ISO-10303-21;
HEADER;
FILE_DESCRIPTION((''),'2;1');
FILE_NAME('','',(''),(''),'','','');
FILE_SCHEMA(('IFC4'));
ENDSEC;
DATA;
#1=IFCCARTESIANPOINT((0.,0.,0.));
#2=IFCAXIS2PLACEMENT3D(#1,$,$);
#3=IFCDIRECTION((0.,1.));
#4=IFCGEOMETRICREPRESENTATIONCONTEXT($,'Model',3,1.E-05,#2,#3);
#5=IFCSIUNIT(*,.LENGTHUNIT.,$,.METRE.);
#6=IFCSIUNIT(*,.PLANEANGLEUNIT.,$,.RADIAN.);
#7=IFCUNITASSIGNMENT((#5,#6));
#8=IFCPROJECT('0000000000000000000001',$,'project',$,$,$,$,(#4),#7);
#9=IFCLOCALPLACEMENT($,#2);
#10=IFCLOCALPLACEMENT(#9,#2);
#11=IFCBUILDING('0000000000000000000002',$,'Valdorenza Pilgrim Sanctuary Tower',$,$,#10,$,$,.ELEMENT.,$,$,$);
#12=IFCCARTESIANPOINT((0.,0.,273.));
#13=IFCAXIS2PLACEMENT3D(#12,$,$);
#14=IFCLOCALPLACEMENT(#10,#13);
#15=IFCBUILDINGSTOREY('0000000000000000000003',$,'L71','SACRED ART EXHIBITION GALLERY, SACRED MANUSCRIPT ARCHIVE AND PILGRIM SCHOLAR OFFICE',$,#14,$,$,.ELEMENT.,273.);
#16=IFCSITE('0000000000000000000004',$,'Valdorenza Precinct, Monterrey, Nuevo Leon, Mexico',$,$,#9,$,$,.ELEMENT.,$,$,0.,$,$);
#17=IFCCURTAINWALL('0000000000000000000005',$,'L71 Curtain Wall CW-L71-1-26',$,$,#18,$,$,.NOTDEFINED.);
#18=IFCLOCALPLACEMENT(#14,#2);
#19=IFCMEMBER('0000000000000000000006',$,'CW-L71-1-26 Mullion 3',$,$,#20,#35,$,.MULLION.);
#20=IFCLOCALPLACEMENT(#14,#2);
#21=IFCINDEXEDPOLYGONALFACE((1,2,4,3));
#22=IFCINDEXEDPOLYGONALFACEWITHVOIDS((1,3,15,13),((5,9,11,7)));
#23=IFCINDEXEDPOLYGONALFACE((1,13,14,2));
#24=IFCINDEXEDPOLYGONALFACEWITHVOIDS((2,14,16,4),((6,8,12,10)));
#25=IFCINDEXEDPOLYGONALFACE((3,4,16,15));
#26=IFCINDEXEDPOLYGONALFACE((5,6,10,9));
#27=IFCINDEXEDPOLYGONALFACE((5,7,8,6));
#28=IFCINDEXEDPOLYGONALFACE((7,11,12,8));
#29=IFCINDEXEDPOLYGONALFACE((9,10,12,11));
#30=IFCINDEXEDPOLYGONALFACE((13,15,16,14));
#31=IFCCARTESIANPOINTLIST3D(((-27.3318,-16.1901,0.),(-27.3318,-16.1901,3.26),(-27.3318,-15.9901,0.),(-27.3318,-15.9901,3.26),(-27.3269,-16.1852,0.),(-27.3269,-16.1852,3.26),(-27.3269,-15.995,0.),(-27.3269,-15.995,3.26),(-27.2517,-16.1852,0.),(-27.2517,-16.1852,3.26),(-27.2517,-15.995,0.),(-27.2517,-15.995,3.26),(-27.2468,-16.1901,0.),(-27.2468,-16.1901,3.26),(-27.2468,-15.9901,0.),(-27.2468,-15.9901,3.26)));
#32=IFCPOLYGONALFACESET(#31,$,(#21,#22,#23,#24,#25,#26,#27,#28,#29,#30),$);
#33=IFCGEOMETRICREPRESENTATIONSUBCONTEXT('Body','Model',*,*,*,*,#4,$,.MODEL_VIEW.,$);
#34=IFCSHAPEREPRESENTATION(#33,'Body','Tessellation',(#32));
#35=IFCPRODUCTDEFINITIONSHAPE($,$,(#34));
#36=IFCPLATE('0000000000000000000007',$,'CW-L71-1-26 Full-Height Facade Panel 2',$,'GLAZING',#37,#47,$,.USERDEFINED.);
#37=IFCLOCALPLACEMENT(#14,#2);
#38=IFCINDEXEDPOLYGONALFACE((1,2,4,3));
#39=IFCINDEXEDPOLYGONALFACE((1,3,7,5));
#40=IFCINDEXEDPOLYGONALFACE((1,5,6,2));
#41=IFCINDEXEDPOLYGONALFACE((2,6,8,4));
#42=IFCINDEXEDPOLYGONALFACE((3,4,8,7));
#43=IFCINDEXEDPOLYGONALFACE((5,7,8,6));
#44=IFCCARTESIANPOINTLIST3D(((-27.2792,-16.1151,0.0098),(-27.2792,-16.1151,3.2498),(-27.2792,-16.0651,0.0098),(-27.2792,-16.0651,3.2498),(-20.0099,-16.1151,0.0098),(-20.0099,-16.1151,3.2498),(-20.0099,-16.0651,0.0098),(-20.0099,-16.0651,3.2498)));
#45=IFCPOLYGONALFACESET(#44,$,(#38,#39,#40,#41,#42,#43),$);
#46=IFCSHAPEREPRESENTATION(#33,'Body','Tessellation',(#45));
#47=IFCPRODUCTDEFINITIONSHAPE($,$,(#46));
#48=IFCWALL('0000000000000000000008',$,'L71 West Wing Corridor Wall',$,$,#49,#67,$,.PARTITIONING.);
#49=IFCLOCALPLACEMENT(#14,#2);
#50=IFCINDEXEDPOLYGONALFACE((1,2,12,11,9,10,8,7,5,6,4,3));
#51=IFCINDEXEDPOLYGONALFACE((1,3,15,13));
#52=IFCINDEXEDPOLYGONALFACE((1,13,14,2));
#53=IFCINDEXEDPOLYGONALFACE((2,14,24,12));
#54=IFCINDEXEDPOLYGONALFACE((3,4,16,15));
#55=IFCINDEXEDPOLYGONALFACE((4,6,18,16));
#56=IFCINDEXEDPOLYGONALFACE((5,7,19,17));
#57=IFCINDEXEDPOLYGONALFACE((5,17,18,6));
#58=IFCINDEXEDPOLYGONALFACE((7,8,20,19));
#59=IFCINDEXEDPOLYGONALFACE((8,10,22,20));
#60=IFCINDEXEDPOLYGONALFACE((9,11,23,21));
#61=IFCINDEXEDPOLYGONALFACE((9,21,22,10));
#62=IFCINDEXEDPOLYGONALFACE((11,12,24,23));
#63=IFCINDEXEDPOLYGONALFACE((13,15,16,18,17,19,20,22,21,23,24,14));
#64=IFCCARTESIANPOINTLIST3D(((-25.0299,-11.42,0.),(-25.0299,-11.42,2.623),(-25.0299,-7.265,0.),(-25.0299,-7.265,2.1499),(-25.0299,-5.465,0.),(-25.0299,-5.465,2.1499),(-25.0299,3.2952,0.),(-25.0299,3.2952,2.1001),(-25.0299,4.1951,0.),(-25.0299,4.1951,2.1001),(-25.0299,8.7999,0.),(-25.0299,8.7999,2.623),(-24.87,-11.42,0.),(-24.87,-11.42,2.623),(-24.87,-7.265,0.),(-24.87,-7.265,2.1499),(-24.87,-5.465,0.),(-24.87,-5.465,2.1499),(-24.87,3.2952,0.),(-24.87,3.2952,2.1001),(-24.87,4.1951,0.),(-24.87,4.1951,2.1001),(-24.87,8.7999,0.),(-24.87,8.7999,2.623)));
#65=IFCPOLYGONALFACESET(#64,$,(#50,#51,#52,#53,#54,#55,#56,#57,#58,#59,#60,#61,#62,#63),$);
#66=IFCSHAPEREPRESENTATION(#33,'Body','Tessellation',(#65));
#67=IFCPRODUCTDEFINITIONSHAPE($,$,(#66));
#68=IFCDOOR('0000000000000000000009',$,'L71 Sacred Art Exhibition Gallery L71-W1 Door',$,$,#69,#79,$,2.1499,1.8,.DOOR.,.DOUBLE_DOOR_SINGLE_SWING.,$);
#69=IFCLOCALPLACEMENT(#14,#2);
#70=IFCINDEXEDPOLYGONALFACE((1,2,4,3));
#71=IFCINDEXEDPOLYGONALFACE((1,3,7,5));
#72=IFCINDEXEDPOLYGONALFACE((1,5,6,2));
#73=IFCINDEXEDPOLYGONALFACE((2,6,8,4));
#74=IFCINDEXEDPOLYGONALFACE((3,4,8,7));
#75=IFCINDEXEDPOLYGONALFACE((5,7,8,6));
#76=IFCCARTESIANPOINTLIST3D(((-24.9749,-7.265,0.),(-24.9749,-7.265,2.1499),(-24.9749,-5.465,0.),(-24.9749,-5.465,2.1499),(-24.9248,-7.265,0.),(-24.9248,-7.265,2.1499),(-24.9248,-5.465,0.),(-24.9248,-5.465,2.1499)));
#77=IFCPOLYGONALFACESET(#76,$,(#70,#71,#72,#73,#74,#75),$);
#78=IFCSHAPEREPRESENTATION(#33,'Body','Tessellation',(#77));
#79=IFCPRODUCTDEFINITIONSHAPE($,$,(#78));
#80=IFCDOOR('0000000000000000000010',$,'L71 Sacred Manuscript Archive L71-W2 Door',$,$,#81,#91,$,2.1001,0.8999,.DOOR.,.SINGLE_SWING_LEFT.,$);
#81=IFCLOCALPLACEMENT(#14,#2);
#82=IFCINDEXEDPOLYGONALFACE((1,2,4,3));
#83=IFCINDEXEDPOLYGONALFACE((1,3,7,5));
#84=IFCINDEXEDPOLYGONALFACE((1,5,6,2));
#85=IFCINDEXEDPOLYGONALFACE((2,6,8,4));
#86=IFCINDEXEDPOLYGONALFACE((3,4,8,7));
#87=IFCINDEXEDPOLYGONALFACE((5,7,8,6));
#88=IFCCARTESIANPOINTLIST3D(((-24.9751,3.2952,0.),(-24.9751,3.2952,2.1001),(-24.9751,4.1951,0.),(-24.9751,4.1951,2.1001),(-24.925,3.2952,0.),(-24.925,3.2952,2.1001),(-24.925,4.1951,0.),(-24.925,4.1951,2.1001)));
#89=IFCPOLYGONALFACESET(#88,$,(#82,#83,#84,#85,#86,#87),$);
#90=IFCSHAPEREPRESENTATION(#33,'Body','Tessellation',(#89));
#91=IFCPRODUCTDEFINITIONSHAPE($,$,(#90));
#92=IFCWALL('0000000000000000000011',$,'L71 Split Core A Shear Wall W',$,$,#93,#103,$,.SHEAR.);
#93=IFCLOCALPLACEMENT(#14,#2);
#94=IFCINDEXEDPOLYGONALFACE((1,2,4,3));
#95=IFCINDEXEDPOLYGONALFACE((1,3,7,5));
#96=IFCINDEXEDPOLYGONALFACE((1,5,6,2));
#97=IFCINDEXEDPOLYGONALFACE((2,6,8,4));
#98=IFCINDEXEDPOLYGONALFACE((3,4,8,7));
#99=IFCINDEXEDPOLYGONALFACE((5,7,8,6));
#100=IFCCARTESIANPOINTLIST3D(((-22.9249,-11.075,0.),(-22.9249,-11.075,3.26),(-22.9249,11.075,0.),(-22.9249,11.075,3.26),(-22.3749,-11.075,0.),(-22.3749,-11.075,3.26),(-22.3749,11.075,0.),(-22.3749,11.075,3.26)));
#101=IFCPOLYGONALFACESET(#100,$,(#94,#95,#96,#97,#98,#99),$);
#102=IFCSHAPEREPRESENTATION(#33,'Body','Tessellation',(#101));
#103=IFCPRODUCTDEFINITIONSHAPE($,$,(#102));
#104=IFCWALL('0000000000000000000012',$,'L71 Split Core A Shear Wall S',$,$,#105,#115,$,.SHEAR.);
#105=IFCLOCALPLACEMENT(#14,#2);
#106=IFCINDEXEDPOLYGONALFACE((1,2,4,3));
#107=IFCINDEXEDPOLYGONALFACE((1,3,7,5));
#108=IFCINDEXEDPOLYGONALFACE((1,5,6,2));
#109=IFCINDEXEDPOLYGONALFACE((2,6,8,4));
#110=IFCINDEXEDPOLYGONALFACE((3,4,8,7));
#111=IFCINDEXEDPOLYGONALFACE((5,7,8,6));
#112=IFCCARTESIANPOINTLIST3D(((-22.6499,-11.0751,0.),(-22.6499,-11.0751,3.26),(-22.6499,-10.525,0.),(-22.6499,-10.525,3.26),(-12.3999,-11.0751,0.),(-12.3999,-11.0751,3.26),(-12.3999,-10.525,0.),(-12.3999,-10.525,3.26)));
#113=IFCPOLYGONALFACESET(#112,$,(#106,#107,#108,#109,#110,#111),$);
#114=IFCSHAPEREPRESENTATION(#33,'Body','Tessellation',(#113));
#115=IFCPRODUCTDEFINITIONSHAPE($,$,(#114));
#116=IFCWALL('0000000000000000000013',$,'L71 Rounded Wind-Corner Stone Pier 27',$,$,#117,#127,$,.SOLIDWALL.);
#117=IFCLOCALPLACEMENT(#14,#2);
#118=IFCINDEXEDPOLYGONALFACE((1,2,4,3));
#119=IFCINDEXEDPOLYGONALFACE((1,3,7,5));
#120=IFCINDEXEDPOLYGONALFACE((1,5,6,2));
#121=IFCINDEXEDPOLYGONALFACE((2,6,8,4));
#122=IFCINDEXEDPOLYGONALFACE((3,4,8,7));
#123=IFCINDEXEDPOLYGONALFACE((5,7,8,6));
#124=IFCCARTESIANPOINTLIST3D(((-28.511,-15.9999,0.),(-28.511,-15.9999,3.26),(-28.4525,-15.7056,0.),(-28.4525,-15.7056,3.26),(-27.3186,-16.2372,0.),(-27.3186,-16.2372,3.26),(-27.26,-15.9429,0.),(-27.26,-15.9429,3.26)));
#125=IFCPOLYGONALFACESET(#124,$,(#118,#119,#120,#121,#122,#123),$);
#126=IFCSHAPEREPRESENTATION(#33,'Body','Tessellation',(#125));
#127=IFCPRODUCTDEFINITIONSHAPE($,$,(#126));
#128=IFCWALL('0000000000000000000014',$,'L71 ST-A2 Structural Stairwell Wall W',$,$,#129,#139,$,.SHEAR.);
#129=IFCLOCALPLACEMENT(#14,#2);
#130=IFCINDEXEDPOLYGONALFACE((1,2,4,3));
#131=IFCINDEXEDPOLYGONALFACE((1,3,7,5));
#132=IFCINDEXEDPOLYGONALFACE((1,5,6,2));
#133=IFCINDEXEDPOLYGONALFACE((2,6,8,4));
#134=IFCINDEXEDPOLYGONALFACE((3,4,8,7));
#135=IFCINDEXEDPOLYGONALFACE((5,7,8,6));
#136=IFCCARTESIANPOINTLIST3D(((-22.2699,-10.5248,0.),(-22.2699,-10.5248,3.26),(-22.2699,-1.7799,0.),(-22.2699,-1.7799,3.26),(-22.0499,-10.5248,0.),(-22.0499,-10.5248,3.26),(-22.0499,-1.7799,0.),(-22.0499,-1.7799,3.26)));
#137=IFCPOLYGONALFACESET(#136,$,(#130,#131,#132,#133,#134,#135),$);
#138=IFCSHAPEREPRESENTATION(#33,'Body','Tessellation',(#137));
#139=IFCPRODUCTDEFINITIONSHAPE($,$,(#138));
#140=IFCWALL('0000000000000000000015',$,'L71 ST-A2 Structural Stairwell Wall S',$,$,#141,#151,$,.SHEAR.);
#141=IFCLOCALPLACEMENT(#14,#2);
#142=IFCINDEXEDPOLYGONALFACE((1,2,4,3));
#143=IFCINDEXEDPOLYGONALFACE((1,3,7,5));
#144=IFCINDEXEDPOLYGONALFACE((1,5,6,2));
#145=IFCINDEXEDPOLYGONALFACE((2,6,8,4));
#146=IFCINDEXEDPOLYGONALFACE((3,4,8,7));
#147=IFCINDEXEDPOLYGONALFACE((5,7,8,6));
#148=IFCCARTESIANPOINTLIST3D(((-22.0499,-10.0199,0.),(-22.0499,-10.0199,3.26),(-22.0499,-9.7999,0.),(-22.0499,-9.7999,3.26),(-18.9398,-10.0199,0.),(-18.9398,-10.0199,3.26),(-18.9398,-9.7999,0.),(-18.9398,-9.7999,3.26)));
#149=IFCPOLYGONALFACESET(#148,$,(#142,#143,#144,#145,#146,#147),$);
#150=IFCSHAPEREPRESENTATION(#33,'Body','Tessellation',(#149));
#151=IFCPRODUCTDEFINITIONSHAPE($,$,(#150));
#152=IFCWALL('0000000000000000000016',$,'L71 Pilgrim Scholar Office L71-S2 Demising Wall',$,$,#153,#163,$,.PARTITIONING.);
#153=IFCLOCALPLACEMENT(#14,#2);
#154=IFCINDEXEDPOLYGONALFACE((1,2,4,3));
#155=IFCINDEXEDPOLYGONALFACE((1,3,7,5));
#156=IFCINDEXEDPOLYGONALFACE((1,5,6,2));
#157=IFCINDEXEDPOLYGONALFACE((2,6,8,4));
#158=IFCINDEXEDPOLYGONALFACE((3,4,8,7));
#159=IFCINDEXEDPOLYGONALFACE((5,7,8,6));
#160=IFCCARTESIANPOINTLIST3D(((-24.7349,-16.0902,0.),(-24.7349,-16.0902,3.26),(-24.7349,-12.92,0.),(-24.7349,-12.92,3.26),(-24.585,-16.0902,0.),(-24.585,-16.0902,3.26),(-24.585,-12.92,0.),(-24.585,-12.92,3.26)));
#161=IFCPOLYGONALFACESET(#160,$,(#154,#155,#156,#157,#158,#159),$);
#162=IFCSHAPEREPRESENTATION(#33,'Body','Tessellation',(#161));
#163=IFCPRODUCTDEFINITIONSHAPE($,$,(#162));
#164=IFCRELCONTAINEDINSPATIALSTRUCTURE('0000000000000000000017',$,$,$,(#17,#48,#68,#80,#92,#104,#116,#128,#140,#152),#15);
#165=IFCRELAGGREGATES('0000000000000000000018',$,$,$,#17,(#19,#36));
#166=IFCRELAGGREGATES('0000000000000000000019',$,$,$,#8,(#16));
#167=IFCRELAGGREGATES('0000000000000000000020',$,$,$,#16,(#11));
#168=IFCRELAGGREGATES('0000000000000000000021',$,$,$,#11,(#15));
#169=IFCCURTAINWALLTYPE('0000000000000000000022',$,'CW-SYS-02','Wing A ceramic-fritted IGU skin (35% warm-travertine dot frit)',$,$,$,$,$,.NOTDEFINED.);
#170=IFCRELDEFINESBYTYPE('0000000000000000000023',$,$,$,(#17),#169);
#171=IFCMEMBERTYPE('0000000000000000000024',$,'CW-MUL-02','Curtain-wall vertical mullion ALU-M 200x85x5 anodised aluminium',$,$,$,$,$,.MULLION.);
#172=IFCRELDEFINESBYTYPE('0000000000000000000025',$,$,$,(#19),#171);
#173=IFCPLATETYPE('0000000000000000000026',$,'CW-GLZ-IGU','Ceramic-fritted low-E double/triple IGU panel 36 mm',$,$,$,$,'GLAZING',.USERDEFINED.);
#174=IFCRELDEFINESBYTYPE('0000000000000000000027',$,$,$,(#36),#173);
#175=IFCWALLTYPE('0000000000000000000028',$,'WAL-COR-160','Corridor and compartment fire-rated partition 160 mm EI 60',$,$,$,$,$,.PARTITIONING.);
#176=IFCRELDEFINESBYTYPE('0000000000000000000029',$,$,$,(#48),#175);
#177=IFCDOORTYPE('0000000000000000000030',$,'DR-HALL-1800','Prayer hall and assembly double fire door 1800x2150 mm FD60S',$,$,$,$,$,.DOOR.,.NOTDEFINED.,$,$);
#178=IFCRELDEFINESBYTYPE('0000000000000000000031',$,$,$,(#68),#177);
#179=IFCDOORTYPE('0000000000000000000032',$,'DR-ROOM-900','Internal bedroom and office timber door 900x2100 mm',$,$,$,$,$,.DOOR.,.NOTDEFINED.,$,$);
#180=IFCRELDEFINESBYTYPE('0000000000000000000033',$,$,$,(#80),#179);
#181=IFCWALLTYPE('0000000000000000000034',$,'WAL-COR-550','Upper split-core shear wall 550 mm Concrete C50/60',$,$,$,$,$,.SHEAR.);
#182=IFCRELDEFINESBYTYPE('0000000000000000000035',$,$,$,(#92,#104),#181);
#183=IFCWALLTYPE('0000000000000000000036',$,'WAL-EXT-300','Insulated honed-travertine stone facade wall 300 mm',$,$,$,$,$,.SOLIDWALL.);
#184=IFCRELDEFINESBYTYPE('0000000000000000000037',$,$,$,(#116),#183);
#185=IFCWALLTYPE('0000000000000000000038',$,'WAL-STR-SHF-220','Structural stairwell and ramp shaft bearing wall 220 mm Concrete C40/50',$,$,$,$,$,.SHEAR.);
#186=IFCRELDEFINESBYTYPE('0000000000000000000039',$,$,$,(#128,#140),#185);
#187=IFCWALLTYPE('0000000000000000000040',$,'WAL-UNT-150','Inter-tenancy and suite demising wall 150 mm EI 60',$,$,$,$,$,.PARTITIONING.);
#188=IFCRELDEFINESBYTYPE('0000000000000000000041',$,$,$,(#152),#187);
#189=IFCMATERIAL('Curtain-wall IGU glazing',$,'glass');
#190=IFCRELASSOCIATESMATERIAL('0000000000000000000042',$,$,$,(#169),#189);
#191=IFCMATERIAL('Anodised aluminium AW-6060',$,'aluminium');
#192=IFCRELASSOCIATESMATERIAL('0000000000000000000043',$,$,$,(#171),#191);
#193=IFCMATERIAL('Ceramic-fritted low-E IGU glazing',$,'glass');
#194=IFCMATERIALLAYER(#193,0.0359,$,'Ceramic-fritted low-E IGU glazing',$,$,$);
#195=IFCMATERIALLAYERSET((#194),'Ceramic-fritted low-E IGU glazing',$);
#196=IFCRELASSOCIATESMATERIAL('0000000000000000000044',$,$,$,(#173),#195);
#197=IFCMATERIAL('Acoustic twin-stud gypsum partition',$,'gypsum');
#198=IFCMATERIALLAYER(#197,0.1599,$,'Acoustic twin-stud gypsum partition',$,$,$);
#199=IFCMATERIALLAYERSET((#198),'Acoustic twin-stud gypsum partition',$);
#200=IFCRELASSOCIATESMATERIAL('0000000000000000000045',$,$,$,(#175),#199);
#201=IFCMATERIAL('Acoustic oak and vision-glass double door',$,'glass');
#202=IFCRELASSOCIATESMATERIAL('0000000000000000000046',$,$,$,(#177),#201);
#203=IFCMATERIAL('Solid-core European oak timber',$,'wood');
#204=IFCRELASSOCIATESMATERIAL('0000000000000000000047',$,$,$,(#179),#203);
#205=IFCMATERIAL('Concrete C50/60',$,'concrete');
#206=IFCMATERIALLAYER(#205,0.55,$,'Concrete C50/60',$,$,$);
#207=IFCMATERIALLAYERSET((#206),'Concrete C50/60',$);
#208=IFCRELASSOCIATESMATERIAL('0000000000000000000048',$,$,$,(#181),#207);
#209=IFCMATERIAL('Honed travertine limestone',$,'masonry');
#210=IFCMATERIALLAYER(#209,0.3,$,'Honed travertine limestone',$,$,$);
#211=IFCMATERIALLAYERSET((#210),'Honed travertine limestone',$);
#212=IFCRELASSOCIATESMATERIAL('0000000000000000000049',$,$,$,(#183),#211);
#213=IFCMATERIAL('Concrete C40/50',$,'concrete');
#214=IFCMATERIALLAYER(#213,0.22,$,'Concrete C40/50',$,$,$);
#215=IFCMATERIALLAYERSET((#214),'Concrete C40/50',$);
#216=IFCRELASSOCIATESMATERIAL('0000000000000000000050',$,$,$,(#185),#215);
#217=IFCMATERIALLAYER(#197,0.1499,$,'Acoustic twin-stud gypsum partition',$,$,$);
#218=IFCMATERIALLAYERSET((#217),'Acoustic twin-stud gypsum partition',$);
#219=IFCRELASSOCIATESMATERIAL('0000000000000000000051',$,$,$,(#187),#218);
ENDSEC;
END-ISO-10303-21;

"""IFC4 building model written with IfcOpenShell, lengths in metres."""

from ifc_helpers import new_model, si_unit, direction, frame, frame_2d, origin, origin_2d, place, context, subcontext, project, spatial, rectangle, hollow_rectangle, extrude, source, transform, mapped, material, layer, layer_set, material_profile, profile_set, type_object, element, fill, aggregate, save


model = new_model("IFC4")

# Units and contexts
model_context = context("Model", 3, precision=1e-05, world=origin(), true_north=direction((0.0, 1.0)))
body_context = subcontext(model_context, "Body", "Model", "MODEL_VIEW")
ifc_project = project(units=[si_unit("LENGTHUNIT", "METRE"), si_unit("PLANEANGLEUNIT", "RADIAN")], contexts=[model_context])

# Site, building, storey
site_placement = place(None, origin())
site = spatial("IfcSite", under=ifc_project, at=site_placement, Name="Valdorenza Precinct, Monterrey, Nuevo Leon, Mexico", CompositionType="ELEMENT", RefElevation=0.0)
building_placement = place(site_placement, origin())
building = spatial("IfcBuilding", under=site, at=building_placement, Name="Valdorenza Pilgrim Sanctuary Tower", CompositionType="ELEMENT")
storey_placement = place(building_placement, frame((0.0, 0.0, 273.0)))
storey = spatial("IfcBuildingStorey", under=building, at=storey_placement, Name="L71", Description="SACRED ART EXHIBITION GALLERY, SACRED MANUSCRIPT ARCHIVE AND PILGRIM SCHOLAR OFFICE", CompositionType="ELEMENT", Elevation=273.0)

# Shared definitions
ifc_material_1 = material(Name="Concrete C50/60", Category="concrete")

# Curtain wall, member, plate
ifc_material_2 = material(Name="Curtain-wall IGU glazing", Category="glass")
curtain_wall_type = type_object("IfcCurtainWallType", Name="CW-SYS-02", Description="Wing A ceramic-fritted IGU skin (35% warm-travertine dot frit)", PredefinedType="NOTDEFINED", material=ifc_material_2)
curtain_wall_placement = place(storey_placement, origin())
curtain_wall = element("IfcCurtainWall", 1, at=curtain_wall_placement, inside=storey, type_object=curtain_wall_type, Name="L71 Curtain Wall CW-L71-1-26", PredefinedType="NOTDEFINED")
ifc_material_3 = material(Name="Anodised aluminium AW-6060", Category="aluminium")
ifc_material_profile_1 = material_profile(ifc_material_3, hollow_rectangle(XDim=0.085, YDim=0.2, WallThickness=0.0049, at=origin_2d()), Name="ALU-M 200x85x5")
ifc_profile_set_1 = profile_set([ifc_material_profile_1], Name="Anodised aluminium AW-6060")
member_type = type_object("IfcMemberType", Name="CW-MUL-02", Description="Curtain-wall vertical mullion ALU-M 200x85x5 anodised aluminium", PredefinedType="MULLION", material=ifc_profile_set_1)
shared_shape_1 = source(origin(), body_context, "Body", "SweptSolid", [
    extrude(hollow_rectangle(XDim=0.085, YDim=0.2, WallThickness=0.0049, at=origin_2d()), origin(), (0.0, 0.0, 1.0), 3.26),
])
member_placement = place(storey_placement, frame((-27.2893, -16.0901, 0.0), z_axis=(0.0, 0.0, 1.0), x_axis=(-1.0, 0.0, 0.0)))
member = element("IfcMember", 2, at=member_placement, type_object=member_type, Name="CW-L71-1-26 Mullion 3", PredefinedType="MULLION", context=body_context, shape_type="MappedRepresentation", body=[
    mapped(shared_shape_1, transform((0.0, 0.0, 0.0), x_axis=(1.0, 0.0, 0.0), y_axis=(0.0, 1.0, 0.0), z_axis=(0.0, 0.0, 1.0), scale=1.0)),
])
ifc_material_4 = material(Name="Ceramic-fritted low-E IGU glazing", Category="glass")
ifc_layer_1 = layer(ifc_material_4, 0.0359, Name="Ceramic-fritted low-E IGU glazing")
ifc_layer_set_1 = layer_set([ifc_layer_1], Name="Ceramic-fritted low-E IGU glazing")
plate_type = type_object("IfcPlateType", Name="CW-GLZ-IGU", Description="Ceramic-fritted low-E double/triple IGU panel 36 mm", ElementType="GLAZING", PredefinedType="USERDEFINED", material=ifc_layer_set_1)
shared_shape_2 = source(origin(), body_context, "Body", "SweptSolid", [
    extrude(rectangle(XDim=7.2693, YDim=0.05, at=origin_2d()), origin(), (0.0, 0.0, 1.0), 3.24),
])
plate_placement = place(storey_placement, frame((-23.6445, -16.0901, 0.0098), z_axis=(0.0, 0.0, 1.0), x_axis=(-1.0, 0.0, 0.0)))
plate = element("IfcPlate", 3, at=plate_placement, type_object=plate_type, Name="CW-L71-1-26 Full-Height Facade Panel 2", ObjectType="GLAZING", PredefinedType="USERDEFINED", context=body_context, shape_type="MappedRepresentation", body=[
    mapped(shared_shape_2, transform((0.0, 0.0, 0.0), x_axis=(1.0, 0.0, 0.0), y_axis=(0.0, 1.0, 0.0), z_axis=(0.0, 0.0, 1.0), scale=1.0)),
])
aggregate(curtain_wall, [member, plate])

# Wall, openings, doors
ifc_material_5 = material(Name="Acoustic twin-stud gypsum partition", Category="gypsum")
ifc_layer_2 = layer(ifc_material_5, 0.1599, Name="Acoustic twin-stud gypsum partition")
ifc_layer_set_2 = layer_set([ifc_layer_2], Name="Acoustic twin-stud gypsum partition")
wall_type_1 = type_object("IfcWallType", Name="WAL-COR-160", Description="Corridor and compartment fire-rated partition 160 mm EI 60", PredefinedType="PARTITIONING", material=ifc_layer_set_2)
wall_1_placement = place(storey_placement, frame((-24.95, -11.4199, 0.0), z_axis=(0.0, 0.0, 1.0), x_axis=(0.0, 1.0, 0.0)))
wall_1 = element("IfcWall", 4, at=wall_1_placement, inside=storey, type_object=wall_type_1, Name="L71 West Wing Corridor Wall", PredefinedType="PARTITIONING", context=body_context, shape_type="SweptSolid", body=[
    extrude(rectangle(XDim=20.22, YDim=0.1599, at=frame_2d((10.1099, 0.0))), origin(), (0.0, 0.0, 1.0), 2.623),
])
opening_1_placement = place(wall_1_placement, frame((4.155, 0.0, 0.0)))
opening_1 = element("IfcOpeningElement", 5, at=opening_1_placement, cuts=wall_1, PredefinedType="OPENING", context=body_context, shape_type="SweptSolid", body=[
    extrude(rectangle(XDim=1.8, YDim=2.1499, at=frame_2d((0.8999, 1.075))), frame((0.0, 0.0947, 0.0), z_axis=(0.0, -1.0, 0.0), x_axis=(1.0, 0.0, 0.0)), (0.0, 0.0, 1.0), 0.1897),
])
opening_2_placement = place(wall_1_placement, frame((14.7151, 0.0, 0.0)))
opening_2 = element("IfcOpeningElement", 6, at=opening_2_placement, cuts=wall_1, PredefinedType="OPENING", context=body_context, shape_type="SweptSolid", body=[
    extrude(rectangle(XDim=0.8999, YDim=2.1001, at=frame_2d((0.45, 1.05))), frame((0.0, 0.0947, 0.0), z_axis=(0.0, -1.0, 0.0), x_axis=(1.0, 0.0, 0.0)), (0.0, 0.0, 1.0), 0.1897),
])
ifc_material_6 = material(Name="Acoustic oak and vision-glass double door", Category="glass")
door_type_1 = type_object("IfcDoorType", Name="DR-HALL-1800", Description="Prayer hall and assembly double fire door 1800x2150 mm FD60S", OperationType="NOTDEFINED", PredefinedType="DOOR", material=ifc_material_6)
door_1_placement = place(opening_1_placement, origin())
door_1 = element("IfcDoor", 7, at=door_1_placement, inside=storey, type_object=door_type_1, Name="L71 Sacred Art Exhibition Gallery L71-W1 Door", OperationType="DOUBLE_DOOR_SINGLE_SWING", OverallHeight=2.1499, OverallWidth=1.8, PredefinedType="DOOR", context=body_context, shape_type="SweptSolid", body=[
    extrude(rectangle(XDim=1.8, YDim=2.1499, at=frame_2d((0.8999, 1.075))), frame((0.0, 0.0249, 0.0), z_axis=(0.0, -1.0, 0.0), x_axis=(1.0, 0.0, 0.0)), (0.0, 0.0, 1.0), 0.05),
])
fill(opening_1, door_1)
ifc_material_7 = material(Name="Solid-core European oak timber", Category="wood")
door_type_2 = type_object("IfcDoorType", Name="DR-ROOM-900", Description="Internal bedroom and office timber door 900x2100 mm", OperationType="NOTDEFINED", PredefinedType="DOOR", material=ifc_material_7)
door_2_placement = place(opening_2_placement, frame((0.8999, 0.0, 0.0), z_axis=(0.0, 0.0, 1.0), x_axis=(-1.0, 0.0, 0.0)))
door_2 = element("IfcDoor", 8, at=door_2_placement, inside=storey, type_object=door_type_2, Name="L71 Sacred Manuscript Archive L71-W2 Door", OperationType="SINGLE_SWING_LEFT", OverallHeight=2.1001, OverallWidth=0.8999, PredefinedType="DOOR", context=body_context, shape_type="SweptSolid", body=[
    extrude(rectangle(XDim=0.8999, YDim=2.1001, at=frame_2d((0.45, 1.05))), frame((0.0, 0.0249, 0.0), z_axis=(0.0, -1.0, 0.0), x_axis=(1.0, 0.0, 0.0)), (0.0, 0.0, 1.0), 0.05),
])
fill(opening_2, door_2)

# Walls
ifc_layer_3 = layer(ifc_material_1, 0.55, Name="Concrete C50/60")
ifc_layer_set_3 = layer_set([ifc_layer_3], Name="Concrete C50/60")
wall_type_2 = type_object("IfcWallType", Name="WAL-COR-550", Description="Upper split-core shear wall 550 mm Concrete C50/60", PredefinedType="SHEAR", material=ifc_layer_set_3)
wall_2_placement = place(storey_placement, frame((-22.6499, -11.075, 0.0), z_axis=(0.0, 0.0, 1.0), x_axis=(0.0, 1.0, 0.0)))
element("IfcWall", 9, at=wall_2_placement, inside=storey, type_object=wall_type_2, Name="L71 Split Core A Shear Wall W", PredefinedType="SHEAR", context=body_context, shape_type="SweptSolid", body=[
    extrude(rectangle(XDim=22.1499, YDim=0.55, at=frame_2d((11.075, 0.0))), origin(), (0.0, 0.0, 1.0), 3.26),
])
wall_3_placement = place(storey_placement, frame((-22.6499, -10.8, 0.0), z_axis=(0.0, 0.0, 1.0), x_axis=(1.0, 0.0, 0.0)))
element("IfcWall", 10, at=wall_3_placement, inside=storey, type_object=wall_type_2, Name="L71 Split Core A Shear Wall S", PredefinedType="SHEAR", context=body_context, shape_type="SweptSolid", body=[
    extrude(rectangle(XDim=10.25, YDim=0.55, at=frame_2d((5.125, 0.0))), origin(), (0.0, 0.0, 1.0), 3.26),
])
ifc_material_8 = material(Name="Honed travertine limestone", Category="masonry")
ifc_layer_4 = layer(ifc_material_8, 0.3, Name="Honed travertine limestone")
ifc_layer_set_4 = layer_set([ifc_layer_4], Name="Honed travertine limestone")
wall_type_3 = type_object("IfcWallType", Name="WAL-EXT-300", Description="Insulated honed-travertine stone facade wall 300 mm", PredefinedType="SOLIDWALL", material=ifc_layer_set_4)
wall_4_placement = place(storey_placement, frame((-27.2893, -16.0901, 0.0), z_axis=(0.0, 0.0, 1.0), x_axis=(-0.980766, 0.195189, 0.0)))
element("IfcWall", 11, at=wall_4_placement, inside=storey, type_object=wall_type_3, Name="L71 Rounded Wind-Corner Stone Pier 27", PredefinedType="SOLIDWALL", context=body_context, shape_type="SweptSolid", body=[
    extrude(rectangle(XDim=1.2158, YDim=0.3, at=frame_2d((0.6079, 0.0))), origin(), (0.0, 0.0, 1.0), 3.26),
])
ifc_material_9 = material(Name="Concrete C40/50", Category="concrete")
ifc_layer_5 = layer(ifc_material_9, 0.22, Name="Concrete C40/50")
ifc_layer_set_5 = layer_set([ifc_layer_5], Name="Concrete C40/50")
wall_type_4 = type_object("IfcWallType", Name="WAL-STR-SHF-220", Description="Structural stairwell and ramp shaft bearing wall 220 mm Concrete C40/50", PredefinedType="SHEAR", material=ifc_layer_set_5)
wall_5_placement = place(storey_placement, frame((-22.1599, -10.5249, 0.0), z_axis=(0.0, 0.0, 1.0), x_axis=(0.0, 1.0, 0.0)))
element("IfcWall", 12, at=wall_5_placement, inside=storey, type_object=wall_type_4, Name="L71 ST-A2 Structural Stairwell Wall W", PredefinedType="SHEAR", context=body_context, shape_type="SweptSolid", body=[
    extrude(rectangle(XDim=8.7449, YDim=0.22, at=frame_2d((4.3726, 0.0))), origin(), (0.0, 0.0, 1.0), 3.26),
])
wall_6_placement = place(storey_placement, frame((-22.05, -9.9099, 0.0), z_axis=(0.0, 0.0, 1.0), x_axis=(1.0, 0.0, 0.0)))
element("IfcWall", 13, at=wall_6_placement, inside=storey, type_object=wall_type_4, Name="L71 ST-A2 Structural Stairwell Wall S", PredefinedType="SHEAR", context=body_context, shape_type="SweptSolid", body=[
    extrude(rectangle(XDim=3.1101, YDim=0.22, at=frame_2d((1.5552, 0.0))), origin(), (0.0, 0.0, 1.0), 3.26),
])
ifc_layer_6 = layer(ifc_material_5, 0.1499, Name="Acoustic twin-stud gypsum partition")
ifc_layer_set_6 = layer_set([ifc_layer_6], Name="Acoustic twin-stud gypsum partition")
wall_type_5 = type_object("IfcWallType", Name="WAL-UNT-150", Description="Inter-tenancy and suite demising wall 150 mm EI 60", PredefinedType="PARTITIONING", material=ifc_layer_set_6)
wall_7_placement = place(storey_placement, frame((-24.6599, -16.0901, 0.0), z_axis=(0.0, 0.0, 1.0), x_axis=(0.0, 1.0, 0.0)))
element("IfcWall", 14, at=wall_7_placement, inside=storey, type_object=wall_type_5, Name="L71 Pilgrim Scholar Office L71-S2 Demising Wall", PredefinedType="PARTITIONING", context=body_context, shape_type="SweptSolid", body=[
    extrude(rectangle(XDim=3.1702, YDim=0.1499, at=frame_2d((1.585, 0.0))), origin(), (0.0, 0.0, 1.0), 3.26),
])

save(model, "model.ifc")
